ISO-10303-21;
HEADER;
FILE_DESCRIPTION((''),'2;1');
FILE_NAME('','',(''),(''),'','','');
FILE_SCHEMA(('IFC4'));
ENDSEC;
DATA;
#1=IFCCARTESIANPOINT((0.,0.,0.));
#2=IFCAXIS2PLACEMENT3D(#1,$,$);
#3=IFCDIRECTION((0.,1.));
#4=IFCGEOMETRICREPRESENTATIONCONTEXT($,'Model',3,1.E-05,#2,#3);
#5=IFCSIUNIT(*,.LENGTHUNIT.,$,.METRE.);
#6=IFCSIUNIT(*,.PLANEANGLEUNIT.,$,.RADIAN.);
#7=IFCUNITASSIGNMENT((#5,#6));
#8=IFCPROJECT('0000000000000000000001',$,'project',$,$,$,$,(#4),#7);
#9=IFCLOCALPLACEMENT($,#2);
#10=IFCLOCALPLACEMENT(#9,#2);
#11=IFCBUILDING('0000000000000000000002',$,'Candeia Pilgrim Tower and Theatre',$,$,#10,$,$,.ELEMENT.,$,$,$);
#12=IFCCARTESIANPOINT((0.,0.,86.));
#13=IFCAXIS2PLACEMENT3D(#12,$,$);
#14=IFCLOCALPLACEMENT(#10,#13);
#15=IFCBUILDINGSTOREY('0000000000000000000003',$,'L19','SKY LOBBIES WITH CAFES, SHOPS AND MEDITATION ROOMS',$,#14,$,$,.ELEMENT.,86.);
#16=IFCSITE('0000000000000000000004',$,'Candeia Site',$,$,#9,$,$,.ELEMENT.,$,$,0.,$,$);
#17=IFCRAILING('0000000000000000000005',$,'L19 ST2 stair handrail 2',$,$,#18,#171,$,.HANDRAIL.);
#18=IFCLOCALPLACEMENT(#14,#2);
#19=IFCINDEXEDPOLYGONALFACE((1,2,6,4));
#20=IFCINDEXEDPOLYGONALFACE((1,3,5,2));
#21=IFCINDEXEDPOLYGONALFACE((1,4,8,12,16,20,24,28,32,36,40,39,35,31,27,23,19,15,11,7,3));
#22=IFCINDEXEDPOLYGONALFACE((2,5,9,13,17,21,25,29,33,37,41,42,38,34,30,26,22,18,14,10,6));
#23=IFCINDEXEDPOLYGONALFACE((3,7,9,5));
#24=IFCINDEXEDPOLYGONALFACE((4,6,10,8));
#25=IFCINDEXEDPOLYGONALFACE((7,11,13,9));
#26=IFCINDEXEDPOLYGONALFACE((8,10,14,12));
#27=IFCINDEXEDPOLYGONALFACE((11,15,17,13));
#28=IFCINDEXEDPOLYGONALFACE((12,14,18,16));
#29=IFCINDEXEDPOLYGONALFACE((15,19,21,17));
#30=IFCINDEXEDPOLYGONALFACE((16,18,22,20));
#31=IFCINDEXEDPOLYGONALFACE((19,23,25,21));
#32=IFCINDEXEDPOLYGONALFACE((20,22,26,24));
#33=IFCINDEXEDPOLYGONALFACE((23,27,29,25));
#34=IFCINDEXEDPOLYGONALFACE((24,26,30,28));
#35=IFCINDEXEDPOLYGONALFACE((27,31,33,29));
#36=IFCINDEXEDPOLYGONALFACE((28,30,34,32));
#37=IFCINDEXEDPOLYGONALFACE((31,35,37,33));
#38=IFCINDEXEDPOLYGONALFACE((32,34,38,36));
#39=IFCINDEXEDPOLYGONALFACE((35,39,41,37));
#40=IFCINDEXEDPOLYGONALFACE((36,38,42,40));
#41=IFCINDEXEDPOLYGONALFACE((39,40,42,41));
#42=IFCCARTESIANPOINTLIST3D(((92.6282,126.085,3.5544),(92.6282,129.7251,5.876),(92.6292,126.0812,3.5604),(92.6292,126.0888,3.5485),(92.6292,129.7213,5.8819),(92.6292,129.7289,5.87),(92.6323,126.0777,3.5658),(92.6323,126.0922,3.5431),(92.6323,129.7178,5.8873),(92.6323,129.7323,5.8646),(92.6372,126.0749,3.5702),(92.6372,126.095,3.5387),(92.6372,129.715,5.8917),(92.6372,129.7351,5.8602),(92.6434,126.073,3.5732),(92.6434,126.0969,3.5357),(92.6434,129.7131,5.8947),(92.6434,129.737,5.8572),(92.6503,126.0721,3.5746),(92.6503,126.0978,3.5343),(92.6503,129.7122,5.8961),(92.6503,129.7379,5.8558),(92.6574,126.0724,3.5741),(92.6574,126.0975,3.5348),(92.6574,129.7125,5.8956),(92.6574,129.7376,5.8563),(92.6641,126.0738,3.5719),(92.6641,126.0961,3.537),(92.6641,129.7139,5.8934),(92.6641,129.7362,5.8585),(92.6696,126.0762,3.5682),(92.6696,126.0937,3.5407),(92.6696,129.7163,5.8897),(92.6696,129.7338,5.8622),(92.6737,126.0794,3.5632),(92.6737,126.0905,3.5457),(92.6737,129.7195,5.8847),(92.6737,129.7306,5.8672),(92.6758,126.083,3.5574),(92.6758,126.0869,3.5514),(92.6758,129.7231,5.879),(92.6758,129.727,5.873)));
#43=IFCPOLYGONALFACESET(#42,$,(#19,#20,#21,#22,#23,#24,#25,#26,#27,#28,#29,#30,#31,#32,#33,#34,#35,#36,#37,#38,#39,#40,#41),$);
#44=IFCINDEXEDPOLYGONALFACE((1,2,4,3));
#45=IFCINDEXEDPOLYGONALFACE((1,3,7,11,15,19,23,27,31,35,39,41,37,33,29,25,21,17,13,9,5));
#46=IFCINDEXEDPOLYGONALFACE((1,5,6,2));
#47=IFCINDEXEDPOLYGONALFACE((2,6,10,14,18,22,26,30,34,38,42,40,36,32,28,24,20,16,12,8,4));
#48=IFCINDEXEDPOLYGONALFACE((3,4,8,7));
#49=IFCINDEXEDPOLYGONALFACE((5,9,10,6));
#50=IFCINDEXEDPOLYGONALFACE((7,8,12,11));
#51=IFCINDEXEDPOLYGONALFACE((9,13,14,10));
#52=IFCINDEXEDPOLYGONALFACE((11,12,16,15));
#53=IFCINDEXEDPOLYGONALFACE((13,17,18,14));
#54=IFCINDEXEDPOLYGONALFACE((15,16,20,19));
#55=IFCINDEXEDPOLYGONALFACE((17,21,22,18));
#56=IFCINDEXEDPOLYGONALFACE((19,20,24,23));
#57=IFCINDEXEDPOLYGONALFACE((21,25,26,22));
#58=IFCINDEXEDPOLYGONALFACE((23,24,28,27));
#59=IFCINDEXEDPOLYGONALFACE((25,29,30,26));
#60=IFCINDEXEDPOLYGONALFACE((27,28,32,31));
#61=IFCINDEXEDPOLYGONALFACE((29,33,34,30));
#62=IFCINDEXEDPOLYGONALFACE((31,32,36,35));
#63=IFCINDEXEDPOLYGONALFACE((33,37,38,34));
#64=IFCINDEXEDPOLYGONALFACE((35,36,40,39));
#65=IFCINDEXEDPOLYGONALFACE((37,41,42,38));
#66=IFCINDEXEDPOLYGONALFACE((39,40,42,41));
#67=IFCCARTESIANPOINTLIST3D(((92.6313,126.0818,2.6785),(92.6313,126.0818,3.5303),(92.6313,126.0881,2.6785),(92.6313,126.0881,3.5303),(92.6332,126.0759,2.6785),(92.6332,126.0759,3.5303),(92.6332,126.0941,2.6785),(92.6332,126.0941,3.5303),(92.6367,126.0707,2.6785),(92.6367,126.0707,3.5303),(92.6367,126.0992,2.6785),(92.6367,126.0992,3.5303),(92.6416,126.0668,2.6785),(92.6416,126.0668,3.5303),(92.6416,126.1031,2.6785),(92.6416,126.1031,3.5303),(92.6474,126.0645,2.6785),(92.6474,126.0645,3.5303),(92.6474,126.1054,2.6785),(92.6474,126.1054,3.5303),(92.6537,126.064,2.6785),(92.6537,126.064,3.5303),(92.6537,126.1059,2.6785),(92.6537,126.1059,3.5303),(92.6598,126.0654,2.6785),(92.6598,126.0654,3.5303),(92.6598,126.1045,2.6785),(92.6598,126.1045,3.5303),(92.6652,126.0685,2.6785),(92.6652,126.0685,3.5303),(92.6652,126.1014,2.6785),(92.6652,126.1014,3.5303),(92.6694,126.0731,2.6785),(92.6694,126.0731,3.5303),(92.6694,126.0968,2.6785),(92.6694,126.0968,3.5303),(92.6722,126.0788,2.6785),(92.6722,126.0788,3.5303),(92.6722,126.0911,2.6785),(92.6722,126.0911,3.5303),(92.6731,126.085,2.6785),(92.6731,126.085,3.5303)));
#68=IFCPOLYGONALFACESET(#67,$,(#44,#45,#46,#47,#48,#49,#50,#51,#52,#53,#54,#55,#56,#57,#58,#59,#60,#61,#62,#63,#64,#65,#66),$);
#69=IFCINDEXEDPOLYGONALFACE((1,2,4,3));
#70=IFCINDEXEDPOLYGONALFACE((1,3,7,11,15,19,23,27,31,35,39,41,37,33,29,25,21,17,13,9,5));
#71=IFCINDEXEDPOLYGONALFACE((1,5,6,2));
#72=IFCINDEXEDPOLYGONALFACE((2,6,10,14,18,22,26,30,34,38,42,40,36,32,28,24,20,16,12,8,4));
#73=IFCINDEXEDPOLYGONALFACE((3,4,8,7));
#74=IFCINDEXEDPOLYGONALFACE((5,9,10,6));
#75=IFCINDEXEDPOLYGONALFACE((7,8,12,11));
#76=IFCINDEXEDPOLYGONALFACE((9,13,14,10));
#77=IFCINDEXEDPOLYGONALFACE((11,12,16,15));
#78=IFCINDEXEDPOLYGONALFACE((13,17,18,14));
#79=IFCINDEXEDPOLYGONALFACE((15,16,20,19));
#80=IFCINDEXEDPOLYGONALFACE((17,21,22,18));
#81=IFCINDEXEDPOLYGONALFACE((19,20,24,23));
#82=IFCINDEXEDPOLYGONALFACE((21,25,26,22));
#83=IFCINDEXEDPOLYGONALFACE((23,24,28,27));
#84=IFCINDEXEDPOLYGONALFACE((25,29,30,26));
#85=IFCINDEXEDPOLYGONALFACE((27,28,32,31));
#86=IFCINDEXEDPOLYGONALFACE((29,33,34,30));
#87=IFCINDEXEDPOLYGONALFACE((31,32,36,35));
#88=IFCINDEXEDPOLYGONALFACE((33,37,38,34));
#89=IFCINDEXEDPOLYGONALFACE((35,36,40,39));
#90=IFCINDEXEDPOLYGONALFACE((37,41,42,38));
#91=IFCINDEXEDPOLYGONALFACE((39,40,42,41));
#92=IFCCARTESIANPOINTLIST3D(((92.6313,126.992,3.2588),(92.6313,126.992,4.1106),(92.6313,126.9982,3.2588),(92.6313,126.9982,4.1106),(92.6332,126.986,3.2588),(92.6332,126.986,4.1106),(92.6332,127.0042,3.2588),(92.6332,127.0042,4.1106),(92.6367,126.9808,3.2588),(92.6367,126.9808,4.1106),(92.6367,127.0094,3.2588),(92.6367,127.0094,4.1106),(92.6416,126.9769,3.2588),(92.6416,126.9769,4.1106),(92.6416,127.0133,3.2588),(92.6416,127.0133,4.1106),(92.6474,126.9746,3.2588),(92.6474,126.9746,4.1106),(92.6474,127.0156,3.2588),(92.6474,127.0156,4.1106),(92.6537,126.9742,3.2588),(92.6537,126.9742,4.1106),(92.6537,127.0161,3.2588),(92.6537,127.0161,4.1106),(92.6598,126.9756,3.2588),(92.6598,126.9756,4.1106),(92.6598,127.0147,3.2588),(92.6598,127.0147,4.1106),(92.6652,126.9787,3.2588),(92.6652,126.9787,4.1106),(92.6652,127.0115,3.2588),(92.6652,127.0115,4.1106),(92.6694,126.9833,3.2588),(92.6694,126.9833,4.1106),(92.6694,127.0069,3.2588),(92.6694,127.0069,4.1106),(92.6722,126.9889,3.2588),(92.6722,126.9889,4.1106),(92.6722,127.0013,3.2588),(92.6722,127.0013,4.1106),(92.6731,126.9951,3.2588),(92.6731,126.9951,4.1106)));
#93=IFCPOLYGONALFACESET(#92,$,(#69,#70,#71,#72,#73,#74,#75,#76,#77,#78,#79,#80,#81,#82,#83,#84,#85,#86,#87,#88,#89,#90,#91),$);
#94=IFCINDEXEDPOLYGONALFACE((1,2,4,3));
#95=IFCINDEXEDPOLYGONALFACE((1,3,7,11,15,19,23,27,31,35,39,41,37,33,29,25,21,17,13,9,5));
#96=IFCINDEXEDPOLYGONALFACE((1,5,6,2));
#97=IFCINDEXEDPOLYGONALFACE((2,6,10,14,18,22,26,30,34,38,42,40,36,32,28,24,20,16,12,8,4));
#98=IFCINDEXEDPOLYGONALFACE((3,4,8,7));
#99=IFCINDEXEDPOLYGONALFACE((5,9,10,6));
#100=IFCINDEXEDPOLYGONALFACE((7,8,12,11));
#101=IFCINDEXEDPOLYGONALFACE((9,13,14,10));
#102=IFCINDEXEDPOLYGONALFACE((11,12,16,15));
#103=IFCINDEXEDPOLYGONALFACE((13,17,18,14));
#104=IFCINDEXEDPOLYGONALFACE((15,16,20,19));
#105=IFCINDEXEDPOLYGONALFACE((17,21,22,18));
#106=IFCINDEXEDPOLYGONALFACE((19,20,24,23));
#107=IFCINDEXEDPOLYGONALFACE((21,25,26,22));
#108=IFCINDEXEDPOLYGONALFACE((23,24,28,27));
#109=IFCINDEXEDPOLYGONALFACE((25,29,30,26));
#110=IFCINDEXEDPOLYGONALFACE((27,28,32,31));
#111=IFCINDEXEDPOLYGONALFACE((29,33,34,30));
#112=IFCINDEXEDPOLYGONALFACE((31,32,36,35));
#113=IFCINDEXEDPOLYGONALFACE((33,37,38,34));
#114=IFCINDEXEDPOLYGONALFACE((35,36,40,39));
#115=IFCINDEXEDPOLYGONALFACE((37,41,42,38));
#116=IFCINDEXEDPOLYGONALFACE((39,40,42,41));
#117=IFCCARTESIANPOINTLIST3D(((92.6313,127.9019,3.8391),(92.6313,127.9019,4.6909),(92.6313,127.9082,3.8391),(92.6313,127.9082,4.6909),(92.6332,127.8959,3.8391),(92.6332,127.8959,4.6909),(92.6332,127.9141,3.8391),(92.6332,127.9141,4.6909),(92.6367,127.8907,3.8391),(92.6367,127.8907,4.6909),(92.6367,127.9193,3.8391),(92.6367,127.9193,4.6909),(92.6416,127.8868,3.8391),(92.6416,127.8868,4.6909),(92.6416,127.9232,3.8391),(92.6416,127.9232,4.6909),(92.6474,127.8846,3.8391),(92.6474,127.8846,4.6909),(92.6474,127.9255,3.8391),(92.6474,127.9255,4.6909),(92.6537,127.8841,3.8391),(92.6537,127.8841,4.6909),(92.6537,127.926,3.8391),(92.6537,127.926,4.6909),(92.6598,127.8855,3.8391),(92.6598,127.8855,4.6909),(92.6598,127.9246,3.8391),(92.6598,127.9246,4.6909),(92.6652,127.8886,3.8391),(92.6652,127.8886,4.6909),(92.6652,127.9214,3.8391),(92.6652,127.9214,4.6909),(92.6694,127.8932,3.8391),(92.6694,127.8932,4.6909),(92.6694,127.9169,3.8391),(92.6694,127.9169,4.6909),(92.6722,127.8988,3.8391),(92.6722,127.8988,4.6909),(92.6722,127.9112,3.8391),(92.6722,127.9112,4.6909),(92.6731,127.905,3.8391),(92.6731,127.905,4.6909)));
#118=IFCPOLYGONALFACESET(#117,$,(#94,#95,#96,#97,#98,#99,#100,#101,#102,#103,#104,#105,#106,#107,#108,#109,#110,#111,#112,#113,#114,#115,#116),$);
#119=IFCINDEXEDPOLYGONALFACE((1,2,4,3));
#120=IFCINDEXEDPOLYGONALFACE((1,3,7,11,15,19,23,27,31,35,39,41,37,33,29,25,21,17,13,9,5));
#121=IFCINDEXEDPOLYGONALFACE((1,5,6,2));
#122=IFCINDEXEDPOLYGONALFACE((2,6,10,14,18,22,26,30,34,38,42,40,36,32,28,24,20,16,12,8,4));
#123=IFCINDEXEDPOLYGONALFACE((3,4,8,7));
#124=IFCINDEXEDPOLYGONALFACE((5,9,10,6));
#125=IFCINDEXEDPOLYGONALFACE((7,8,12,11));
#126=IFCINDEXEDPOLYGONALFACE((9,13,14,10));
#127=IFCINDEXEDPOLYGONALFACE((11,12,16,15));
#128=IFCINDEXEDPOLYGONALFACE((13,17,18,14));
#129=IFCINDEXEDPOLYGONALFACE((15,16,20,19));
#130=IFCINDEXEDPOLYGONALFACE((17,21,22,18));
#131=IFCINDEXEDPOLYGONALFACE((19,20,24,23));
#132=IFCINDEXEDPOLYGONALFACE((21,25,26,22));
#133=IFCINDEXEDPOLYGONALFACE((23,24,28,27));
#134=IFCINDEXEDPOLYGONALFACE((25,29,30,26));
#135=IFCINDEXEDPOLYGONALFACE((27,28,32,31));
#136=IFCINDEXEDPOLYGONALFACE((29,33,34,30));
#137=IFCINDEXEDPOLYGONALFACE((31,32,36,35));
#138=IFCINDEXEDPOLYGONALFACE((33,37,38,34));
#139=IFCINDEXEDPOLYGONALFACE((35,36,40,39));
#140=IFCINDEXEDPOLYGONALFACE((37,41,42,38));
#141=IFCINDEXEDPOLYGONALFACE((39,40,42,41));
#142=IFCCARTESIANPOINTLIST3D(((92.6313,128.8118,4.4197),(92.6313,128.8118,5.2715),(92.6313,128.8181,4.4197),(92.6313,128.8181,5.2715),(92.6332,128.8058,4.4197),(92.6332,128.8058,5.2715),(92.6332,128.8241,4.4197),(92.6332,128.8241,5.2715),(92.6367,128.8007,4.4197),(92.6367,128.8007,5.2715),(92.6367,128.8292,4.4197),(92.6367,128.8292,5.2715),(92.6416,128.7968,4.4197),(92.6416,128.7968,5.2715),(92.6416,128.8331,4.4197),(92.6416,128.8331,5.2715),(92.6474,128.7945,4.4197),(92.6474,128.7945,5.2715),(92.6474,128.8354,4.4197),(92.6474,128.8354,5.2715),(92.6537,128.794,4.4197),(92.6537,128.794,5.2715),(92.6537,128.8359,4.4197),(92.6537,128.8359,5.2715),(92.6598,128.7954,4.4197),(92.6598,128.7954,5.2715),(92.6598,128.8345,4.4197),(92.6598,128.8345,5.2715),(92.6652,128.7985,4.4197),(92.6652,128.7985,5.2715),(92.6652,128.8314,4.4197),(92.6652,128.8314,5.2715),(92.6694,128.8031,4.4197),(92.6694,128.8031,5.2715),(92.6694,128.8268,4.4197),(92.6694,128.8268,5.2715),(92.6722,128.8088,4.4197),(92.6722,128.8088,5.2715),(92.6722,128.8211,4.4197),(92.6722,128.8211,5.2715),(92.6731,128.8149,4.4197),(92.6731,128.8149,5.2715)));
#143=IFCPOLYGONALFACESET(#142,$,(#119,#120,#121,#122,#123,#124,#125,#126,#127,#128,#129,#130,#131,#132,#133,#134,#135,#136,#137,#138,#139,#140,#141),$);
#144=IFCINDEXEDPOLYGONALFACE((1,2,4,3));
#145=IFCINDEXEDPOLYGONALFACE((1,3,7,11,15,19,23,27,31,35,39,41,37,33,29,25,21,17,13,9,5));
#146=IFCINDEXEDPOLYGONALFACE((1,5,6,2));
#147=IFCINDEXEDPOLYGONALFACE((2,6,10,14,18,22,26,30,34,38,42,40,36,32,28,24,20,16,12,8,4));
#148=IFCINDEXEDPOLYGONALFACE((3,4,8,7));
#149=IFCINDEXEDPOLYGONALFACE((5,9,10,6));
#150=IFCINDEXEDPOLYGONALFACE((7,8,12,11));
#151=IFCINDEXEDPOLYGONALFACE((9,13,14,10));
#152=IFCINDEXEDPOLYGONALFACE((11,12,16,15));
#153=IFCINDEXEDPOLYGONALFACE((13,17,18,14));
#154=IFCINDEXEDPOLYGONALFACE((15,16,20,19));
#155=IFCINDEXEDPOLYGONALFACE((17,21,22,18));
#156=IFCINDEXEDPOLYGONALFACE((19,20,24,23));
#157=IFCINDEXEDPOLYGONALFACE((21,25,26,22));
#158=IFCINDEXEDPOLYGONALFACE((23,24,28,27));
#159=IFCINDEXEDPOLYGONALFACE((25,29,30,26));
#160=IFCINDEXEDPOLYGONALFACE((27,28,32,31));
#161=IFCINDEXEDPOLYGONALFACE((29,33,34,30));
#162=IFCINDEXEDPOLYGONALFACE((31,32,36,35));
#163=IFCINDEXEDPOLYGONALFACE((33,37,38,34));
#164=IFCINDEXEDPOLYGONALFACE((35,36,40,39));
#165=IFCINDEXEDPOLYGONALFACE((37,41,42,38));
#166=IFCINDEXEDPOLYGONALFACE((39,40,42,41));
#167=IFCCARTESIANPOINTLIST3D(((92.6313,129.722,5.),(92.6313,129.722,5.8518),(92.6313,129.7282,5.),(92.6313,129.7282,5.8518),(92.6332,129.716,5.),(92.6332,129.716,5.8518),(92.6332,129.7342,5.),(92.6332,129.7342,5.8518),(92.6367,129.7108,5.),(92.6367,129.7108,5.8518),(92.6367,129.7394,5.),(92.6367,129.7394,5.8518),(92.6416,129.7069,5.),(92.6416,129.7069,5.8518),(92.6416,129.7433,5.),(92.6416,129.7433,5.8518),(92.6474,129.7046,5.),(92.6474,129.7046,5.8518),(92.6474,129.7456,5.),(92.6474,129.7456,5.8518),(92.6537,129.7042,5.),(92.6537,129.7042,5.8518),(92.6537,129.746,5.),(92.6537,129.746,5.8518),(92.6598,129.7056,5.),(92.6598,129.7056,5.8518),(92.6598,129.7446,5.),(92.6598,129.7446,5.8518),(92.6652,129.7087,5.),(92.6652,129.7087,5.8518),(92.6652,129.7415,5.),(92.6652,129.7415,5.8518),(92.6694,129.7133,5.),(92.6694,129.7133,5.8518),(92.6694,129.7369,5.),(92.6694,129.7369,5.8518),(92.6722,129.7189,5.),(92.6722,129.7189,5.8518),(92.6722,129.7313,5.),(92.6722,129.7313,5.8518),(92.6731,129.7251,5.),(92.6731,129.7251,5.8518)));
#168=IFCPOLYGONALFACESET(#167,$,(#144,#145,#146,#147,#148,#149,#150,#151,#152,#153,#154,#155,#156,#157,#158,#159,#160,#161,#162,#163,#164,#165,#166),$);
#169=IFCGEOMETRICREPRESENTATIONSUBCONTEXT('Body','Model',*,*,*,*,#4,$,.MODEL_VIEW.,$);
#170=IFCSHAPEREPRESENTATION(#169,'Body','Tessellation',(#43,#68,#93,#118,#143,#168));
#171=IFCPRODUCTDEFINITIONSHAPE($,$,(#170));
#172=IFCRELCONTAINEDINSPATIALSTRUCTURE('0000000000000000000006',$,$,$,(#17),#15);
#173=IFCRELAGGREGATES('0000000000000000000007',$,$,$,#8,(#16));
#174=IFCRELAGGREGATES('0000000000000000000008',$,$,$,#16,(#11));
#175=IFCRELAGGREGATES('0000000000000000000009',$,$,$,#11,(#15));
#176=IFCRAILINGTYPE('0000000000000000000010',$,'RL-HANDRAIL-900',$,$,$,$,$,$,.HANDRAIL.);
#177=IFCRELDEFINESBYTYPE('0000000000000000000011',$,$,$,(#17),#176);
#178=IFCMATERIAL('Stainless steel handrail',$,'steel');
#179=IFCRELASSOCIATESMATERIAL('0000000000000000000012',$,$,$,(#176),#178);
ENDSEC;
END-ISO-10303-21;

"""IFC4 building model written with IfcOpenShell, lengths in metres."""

from ifc_helpers import new_model, si_unit, direction, frame, origin, origin_2d, place, context, subcontext, project, spatial, circle, extrude, material, type_object, element, save


model = new_model("IFC4")

# Units and contexts
model_context = context("Model", 3, precision=1e-05, world=origin(), true_north=direction((0.0, 1.0)))
body_context = subcontext(model_context, "Body", "Model", "MODEL_VIEW")
ifc_project = project(units=[si_unit("LENGTHUNIT", "METRE"), si_unit("PLANEANGLEUNIT", "RADIAN")], contexts=[model_context])

# Site, building, storey
site_placement = place(None, origin())
site = spatial("IfcSite", under=ifc_project, at=site_placement, Name="Candeia Site", CompositionType="ELEMENT", RefElevation=0.0)
building_placement = place(site_placement, origin())
building = spatial("IfcBuilding", under=site, at=building_placement, Name="Candeia Pilgrim Tower and Theatre", CompositionType="ELEMENT")
storey_placement = place(building_placement, frame((0.0, 0.0, 86.0)))
storey = spatial("IfcBuildingStorey", under=building, at=storey_placement, Name="L19", Description="SKY LOBBIES WITH CAFES, SHOPS AND MEDITATION ROOMS", CompositionType="ELEMENT", Elevation=86.0)

# Railing
ifc_material_1 = material(Name="Stainless steel handrail", Category="steel")
railing_type = type_object("IfcRailingType", Name="RL-HANDRAIL-900", PredefinedType="HANDRAIL", material=ifc_material_1)
for number, where, name in (
    (1, (92.6521, 126.085, 2.6785), "L19 ST2 stair handrail 2"),
):
    element("IfcRailing", number, at=place(storey_placement, frame(where)), inside=storey, type_object=railing_type, Name=name, PredefinedType="HANDRAIL", context=body_context, shape_type="SweptSolid", body=[
        extrude(circle(Radius=0.0239, at=origin_2d()), frame((0.0, 0.0, 0.876), z_axis=(0.0, 0.843128, 0.537713), x_axis=(-1.0, 0.0, 0.0)), (0.0, 0.0, 1.0), 4.3174),
        extrude(circle(Radius=0.021, at=origin_2d()), origin(), (0.0, 0.0, 1.0), 0.8518),
        extrude(circle(Radius=0.021, at=origin_2d()), frame((0.0, 0.9102, 0.5803)), (0.0, 0.0, 1.0), 0.8518),
        extrude(circle(Radius=0.021, at=origin_2d()), frame((0.0, 1.8201, 1.1606)), (0.0, 0.0, 1.0), 0.8518),
        extrude(circle(Radius=0.021, at=origin_2d()), frame((0.0, 2.73, 1.7412)), (0.0, 0.0, 1.0), 0.8518),
        extrude(circle(Radius=0.021, at=origin_2d()), frame((0.0, 3.6401, 2.3215)), (0.0, 0.0, 1.0), 0.8518),
    ])

save(model, "model.ifc")
